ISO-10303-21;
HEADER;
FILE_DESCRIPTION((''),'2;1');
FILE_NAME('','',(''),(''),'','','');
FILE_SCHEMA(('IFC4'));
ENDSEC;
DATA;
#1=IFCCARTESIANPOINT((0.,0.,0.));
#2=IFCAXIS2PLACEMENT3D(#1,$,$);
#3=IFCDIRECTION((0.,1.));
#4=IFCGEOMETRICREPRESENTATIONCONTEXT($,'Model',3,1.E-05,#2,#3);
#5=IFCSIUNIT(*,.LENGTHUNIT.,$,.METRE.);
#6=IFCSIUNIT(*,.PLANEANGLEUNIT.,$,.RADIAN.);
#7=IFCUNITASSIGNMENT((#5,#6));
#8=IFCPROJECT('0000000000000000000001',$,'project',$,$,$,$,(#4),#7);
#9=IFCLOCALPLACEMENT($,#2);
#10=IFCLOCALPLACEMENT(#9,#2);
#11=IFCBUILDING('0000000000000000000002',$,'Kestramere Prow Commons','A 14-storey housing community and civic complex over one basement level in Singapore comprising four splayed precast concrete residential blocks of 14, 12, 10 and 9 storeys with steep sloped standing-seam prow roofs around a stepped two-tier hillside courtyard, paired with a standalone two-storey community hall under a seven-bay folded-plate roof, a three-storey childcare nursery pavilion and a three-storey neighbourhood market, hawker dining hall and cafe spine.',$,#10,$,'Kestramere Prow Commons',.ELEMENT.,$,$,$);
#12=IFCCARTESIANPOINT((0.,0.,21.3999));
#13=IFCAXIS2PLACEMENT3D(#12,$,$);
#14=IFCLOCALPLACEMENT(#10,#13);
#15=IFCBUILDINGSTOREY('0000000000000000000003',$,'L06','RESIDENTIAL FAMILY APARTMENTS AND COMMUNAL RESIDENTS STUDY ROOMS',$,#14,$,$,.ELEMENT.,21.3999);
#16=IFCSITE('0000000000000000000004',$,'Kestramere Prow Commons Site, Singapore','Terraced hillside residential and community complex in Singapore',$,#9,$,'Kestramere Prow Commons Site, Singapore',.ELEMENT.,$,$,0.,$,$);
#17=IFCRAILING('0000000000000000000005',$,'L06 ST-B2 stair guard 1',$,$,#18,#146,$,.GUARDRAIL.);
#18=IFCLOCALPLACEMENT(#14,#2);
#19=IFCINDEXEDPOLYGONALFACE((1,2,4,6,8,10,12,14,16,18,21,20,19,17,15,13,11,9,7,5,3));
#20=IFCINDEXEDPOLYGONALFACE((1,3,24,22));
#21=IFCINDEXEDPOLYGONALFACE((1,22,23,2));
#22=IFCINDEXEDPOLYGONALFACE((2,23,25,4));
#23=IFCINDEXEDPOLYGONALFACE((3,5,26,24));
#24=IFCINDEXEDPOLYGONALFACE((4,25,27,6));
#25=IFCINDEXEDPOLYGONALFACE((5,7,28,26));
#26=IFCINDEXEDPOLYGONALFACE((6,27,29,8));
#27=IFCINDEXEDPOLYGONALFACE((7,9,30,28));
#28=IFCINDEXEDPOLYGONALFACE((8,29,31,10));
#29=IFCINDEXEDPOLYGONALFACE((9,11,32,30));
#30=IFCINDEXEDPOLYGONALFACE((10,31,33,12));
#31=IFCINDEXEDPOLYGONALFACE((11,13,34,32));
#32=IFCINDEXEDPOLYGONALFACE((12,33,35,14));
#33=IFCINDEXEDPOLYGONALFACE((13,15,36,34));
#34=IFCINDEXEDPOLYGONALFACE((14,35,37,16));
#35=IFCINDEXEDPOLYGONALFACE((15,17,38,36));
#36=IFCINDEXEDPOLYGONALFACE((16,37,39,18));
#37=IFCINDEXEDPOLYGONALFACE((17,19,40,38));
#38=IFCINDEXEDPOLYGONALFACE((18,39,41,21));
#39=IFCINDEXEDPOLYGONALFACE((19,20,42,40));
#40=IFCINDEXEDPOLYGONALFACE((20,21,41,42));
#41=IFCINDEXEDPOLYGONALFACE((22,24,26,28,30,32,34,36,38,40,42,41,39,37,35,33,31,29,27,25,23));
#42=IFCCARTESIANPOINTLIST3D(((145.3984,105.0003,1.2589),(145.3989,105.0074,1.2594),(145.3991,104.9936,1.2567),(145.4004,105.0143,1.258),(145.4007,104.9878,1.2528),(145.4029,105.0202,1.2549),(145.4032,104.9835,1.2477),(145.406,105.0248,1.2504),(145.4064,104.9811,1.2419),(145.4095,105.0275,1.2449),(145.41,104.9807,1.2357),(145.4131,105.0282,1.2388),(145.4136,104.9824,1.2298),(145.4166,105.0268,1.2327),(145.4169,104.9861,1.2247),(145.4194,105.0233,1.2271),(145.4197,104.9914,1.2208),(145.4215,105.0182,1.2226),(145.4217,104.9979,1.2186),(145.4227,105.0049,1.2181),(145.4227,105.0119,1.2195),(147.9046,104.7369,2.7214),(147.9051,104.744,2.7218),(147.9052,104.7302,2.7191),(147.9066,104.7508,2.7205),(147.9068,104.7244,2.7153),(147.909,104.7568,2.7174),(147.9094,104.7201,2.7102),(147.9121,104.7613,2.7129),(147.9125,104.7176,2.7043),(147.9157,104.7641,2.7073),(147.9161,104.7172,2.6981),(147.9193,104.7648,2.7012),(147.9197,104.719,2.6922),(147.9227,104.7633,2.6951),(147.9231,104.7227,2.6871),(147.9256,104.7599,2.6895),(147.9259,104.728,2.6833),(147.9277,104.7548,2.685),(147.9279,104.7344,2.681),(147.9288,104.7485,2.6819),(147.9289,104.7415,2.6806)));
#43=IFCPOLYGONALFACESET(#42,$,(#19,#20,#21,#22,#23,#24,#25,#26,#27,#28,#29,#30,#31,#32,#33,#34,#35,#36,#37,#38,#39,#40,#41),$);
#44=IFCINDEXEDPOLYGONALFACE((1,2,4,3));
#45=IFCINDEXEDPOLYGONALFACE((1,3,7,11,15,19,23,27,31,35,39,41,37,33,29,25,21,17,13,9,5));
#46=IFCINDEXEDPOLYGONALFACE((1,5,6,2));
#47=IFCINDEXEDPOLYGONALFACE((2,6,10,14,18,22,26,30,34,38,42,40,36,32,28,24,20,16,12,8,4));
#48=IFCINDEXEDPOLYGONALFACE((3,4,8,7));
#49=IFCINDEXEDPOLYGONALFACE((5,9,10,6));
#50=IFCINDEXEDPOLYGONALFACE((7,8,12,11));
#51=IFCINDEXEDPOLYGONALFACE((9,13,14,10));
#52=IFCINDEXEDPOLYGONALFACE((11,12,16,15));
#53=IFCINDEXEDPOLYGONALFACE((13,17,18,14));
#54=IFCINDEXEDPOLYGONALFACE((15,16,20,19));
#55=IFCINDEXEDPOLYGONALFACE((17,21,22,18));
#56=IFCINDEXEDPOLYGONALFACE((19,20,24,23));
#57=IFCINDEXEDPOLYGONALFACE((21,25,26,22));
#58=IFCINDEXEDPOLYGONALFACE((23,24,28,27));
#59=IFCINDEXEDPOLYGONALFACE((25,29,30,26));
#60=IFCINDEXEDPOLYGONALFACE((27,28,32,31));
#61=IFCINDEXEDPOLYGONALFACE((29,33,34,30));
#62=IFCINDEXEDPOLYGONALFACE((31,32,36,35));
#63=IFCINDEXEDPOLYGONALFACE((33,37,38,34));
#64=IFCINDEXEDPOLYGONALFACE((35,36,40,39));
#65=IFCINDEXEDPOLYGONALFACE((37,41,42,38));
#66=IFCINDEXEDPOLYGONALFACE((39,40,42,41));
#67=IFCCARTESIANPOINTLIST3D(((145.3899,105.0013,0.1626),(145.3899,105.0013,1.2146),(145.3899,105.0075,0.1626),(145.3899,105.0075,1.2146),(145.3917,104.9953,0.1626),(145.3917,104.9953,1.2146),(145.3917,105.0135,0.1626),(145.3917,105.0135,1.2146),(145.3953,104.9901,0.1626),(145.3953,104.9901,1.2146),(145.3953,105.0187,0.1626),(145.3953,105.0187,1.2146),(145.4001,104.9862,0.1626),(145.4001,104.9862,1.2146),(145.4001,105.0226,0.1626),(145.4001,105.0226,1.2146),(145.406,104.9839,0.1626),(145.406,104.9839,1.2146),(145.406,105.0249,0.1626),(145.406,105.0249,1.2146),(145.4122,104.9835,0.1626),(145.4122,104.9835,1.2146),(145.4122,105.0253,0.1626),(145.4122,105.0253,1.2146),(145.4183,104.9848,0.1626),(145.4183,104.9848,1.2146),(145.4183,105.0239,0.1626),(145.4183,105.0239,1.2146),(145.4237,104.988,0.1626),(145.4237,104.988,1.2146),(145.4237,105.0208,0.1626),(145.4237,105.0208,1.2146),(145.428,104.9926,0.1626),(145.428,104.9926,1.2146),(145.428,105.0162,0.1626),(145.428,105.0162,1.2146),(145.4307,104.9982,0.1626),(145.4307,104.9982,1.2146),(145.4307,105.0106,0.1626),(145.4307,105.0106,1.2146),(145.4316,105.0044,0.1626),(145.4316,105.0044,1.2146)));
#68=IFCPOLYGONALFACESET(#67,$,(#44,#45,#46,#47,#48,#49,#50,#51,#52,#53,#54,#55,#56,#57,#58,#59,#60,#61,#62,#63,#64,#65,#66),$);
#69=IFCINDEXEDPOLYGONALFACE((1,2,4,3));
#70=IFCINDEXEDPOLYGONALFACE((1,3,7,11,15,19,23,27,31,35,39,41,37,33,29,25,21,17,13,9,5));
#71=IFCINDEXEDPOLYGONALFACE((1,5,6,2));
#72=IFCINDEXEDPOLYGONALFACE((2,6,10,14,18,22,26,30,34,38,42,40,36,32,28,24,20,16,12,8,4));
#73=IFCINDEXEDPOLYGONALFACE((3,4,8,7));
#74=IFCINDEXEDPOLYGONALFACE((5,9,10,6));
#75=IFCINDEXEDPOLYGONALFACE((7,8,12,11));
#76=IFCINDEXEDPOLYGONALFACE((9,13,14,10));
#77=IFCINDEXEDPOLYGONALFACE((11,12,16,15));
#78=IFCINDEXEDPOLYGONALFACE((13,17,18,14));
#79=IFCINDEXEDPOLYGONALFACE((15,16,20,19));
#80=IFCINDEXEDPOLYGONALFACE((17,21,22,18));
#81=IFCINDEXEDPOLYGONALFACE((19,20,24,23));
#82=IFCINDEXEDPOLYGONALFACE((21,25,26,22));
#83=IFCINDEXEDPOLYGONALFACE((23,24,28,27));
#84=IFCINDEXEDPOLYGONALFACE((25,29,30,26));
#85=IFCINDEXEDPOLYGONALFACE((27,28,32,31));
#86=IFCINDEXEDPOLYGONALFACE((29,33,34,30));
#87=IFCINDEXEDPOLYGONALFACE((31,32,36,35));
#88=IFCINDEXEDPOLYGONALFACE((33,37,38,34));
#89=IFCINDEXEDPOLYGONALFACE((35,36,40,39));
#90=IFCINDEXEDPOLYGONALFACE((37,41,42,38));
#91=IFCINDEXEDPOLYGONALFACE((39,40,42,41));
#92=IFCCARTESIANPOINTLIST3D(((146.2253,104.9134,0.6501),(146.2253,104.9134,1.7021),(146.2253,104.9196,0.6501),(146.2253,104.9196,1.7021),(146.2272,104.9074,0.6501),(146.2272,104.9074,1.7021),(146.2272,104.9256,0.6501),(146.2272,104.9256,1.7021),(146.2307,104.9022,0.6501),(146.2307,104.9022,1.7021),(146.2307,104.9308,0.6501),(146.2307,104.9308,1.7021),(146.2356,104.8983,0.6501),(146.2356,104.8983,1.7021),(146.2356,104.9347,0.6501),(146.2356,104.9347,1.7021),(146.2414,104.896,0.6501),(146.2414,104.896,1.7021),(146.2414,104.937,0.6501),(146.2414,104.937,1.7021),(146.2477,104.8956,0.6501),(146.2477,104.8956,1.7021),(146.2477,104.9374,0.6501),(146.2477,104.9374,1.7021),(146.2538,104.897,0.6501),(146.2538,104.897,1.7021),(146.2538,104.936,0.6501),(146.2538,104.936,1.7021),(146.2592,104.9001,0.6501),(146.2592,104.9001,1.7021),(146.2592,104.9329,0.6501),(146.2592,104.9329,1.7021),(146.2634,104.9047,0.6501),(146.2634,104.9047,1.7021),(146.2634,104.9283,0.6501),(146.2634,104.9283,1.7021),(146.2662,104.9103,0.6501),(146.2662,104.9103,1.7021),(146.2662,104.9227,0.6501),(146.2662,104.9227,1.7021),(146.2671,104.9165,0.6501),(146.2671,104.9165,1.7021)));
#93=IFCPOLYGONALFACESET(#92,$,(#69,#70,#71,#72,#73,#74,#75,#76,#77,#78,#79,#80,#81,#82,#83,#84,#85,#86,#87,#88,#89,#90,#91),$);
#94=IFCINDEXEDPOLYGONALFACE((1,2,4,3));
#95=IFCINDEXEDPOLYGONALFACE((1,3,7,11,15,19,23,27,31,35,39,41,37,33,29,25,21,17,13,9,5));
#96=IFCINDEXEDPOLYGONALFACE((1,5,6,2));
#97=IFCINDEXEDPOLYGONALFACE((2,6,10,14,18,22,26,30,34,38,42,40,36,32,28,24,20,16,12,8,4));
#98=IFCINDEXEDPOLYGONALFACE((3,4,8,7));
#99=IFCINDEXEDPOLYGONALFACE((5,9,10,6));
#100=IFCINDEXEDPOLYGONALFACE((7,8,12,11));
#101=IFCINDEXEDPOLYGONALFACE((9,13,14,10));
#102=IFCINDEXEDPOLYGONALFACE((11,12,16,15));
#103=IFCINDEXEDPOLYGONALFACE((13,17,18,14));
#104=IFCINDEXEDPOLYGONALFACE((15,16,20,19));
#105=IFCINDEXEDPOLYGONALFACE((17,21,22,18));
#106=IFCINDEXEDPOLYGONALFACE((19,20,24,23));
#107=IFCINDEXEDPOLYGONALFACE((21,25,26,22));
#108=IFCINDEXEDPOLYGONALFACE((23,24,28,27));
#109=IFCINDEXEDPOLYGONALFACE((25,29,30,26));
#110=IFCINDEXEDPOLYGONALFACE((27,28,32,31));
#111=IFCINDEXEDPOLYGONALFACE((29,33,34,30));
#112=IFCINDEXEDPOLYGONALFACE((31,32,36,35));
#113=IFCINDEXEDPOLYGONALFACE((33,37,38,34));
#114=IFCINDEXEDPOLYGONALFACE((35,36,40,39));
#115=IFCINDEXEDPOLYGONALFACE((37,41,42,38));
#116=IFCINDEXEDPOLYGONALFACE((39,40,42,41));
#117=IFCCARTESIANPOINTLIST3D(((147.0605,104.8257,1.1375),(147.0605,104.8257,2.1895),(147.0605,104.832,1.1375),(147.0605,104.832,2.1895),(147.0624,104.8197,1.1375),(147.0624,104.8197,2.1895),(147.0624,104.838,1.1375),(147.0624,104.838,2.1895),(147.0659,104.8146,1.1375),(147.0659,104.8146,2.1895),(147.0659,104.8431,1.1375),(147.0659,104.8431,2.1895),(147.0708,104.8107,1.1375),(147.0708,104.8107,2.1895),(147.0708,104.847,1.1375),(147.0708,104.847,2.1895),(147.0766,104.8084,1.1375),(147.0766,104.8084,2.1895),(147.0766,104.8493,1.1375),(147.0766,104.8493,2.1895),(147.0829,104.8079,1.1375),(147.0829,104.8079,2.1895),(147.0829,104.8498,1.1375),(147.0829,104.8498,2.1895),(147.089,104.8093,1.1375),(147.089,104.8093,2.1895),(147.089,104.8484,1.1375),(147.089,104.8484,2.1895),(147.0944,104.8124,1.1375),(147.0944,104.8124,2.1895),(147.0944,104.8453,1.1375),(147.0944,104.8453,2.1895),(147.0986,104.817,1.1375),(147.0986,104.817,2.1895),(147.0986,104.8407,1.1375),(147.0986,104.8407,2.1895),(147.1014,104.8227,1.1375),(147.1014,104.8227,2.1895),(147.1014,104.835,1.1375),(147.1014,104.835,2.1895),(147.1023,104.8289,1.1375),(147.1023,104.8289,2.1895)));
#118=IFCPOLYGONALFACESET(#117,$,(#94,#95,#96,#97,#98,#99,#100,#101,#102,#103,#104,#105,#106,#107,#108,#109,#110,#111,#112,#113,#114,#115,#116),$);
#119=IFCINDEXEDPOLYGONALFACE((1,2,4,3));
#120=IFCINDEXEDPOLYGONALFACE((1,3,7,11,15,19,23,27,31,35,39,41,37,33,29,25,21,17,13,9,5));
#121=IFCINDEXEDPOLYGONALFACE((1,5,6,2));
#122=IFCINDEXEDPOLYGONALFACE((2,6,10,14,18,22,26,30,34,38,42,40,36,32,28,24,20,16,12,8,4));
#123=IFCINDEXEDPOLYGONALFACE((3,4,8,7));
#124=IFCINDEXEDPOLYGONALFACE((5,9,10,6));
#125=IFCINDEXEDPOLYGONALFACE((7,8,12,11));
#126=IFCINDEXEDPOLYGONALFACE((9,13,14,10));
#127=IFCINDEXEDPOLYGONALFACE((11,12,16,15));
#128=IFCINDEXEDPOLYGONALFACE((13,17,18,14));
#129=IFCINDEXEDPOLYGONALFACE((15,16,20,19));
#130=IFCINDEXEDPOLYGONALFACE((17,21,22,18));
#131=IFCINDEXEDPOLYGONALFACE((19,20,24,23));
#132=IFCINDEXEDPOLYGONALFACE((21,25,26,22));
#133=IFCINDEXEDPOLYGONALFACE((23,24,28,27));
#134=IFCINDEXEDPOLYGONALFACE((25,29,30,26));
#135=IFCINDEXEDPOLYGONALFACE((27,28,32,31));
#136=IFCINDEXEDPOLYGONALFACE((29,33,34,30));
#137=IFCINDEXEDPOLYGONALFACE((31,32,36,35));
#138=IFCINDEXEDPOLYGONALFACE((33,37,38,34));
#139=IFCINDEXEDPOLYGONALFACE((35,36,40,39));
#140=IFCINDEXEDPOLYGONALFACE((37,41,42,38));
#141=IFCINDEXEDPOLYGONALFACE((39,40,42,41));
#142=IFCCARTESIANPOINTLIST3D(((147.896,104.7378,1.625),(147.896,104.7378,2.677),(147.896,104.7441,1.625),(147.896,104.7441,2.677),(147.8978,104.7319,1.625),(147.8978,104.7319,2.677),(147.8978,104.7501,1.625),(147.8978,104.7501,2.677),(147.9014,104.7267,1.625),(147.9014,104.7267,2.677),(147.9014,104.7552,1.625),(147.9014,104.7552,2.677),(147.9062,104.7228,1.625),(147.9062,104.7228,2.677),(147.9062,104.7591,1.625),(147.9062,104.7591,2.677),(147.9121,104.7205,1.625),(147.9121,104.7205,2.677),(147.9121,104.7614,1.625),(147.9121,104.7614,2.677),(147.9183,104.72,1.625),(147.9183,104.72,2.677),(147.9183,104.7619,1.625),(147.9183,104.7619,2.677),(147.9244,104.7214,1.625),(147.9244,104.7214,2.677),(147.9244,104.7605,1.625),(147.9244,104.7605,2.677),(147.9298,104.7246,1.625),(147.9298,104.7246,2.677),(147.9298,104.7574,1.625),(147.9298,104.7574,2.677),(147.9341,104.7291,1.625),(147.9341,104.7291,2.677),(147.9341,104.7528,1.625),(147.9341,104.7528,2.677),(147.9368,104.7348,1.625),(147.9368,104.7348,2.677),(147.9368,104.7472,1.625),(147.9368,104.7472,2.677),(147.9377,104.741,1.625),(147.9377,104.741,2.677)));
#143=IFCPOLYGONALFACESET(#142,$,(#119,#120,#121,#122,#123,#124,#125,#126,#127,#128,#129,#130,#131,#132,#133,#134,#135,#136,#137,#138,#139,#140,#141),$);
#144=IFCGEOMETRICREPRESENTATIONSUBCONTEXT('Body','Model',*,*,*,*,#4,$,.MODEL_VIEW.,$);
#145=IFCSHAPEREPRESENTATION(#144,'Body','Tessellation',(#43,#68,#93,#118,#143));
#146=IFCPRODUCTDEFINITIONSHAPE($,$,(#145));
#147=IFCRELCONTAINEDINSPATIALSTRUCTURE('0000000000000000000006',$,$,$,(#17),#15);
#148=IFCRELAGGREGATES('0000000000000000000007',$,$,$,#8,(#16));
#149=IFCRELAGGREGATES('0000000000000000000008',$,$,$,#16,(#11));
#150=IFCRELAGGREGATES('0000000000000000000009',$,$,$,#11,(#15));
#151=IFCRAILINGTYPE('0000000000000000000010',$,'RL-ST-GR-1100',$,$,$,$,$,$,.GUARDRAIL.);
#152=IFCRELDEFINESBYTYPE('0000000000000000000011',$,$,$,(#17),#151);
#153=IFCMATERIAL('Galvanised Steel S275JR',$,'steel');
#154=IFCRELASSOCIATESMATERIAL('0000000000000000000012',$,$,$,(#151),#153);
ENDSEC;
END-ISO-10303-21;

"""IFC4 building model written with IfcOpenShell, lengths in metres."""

from ifc_helpers import new_model, si_unit, direction, frame, origin, origin_2d, place, context, subcontext, project, spatial, circle, extrude, material, type_object, element, save


model = new_model("IFC4")

# Units and contexts
model_context = context("Model", 3, precision=1e-05, world=origin(), true_north=direction((0.0, 1.0)))
body_context = subcontext(model_context, "Body", "Model", "MODEL_VIEW")
ifc_project = project(units=[si_unit("LENGTHUNIT", "METRE"), si_unit("PLANEANGLEUNIT", "RADIAN")], contexts=[model_context])

# Site, building, storey
site_placement = place(None, origin())
site = spatial("IfcSite", under=ifc_project, at=site_placement, Name="Kestramere Prow Commons Site, Singapore", Description="Terraced hillside residential and community complex in Singapore", LongName="Kestramere Prow Commons Site, Singapore", CompositionType="ELEMENT", RefElevation=0.0)
building_placement = place(site_placement, origin())
building = spatial("IfcBuilding", under=site, at=building_placement, Name="Kestramere Prow Commons", Description="A 14-storey housing community and civic complex over one basement level in Singapore comprising four splayed precast concrete residential blocks of 14, 12, 10 and 9 storeys with steep sloped standing-seam prow roofs around a stepped two-tier hillside courtyard, paired with a standalone two-storey community hall under a seven-bay folded-plate roof, a three-storey childcare nursery pavilion and a three-storey neighbourhood market, hawker dining hall and cafe spine.", LongName="Kestramere Prow Commons", CompositionType="ELEMENT")
storey_placement = place(building_placement, frame((0.0, 0.0, 21.3999)))
storey = spatial("IfcBuildingStorey", under=building, at=storey_placement, Name="L06", Description="RESIDENTIAL FAMILY APARTMENTS AND COMMUNAL RESIDENTS STUDY ROOMS", CompositionType="ELEMENT", Elevation=21.3999)

# Railing
ifc_material_1 = material(Name="Galvanised Steel S275JR", Category="steel")
railing_type_1 = type_object("IfcRailingType", Name="RL-ST-GR-1100", PredefinedType="GUARDRAIL", material=ifc_material_1)
railing_1_placement = place(storey_placement, frame((145.4106, 105.0044, 0.1626)))
element("IfcRailing", 1, at=railing_1_placement, inside=storey, type_object=railing_type_1, Name="L06 ST-B2 stair guard 1", PredefinedType="GUARDRAIL", context=body_context, shape_type="SweptSolid", body=[
    extrude(circle(Radius=0.0239, at=origin_2d()), frame((0.0, 0.0, 1.0762), z_axis=(0.860165, -0.090416, 0.501937), x_axis=(0.104539, 0.994521, 0.0)), (0.0, 0.0, 1.0), 2.9136),
    extrude(circle(Radius=0.021, at=origin_2d()), origin(), (0.0, 0.0, 1.0), 1.052),
    extrude(circle(Radius=0.021, at=origin_2d()), frame((0.8354, -0.0879, 0.4875)), (0.0, 0.0, 1.0), 1.052),
    extrude(circle(Radius=0.021, at=origin_2d()), frame((1.6707, -0.1755, 0.9749)), (0.0, 0.0, 1.0), 1.052),
    extrude(circle(Radius=0.021, at=origin_2d()), frame((2.5061, -0.2634, 1.4624)), (0.0, 0.0, 1.0), 1.052),
])

save(model, "model.ifc")
